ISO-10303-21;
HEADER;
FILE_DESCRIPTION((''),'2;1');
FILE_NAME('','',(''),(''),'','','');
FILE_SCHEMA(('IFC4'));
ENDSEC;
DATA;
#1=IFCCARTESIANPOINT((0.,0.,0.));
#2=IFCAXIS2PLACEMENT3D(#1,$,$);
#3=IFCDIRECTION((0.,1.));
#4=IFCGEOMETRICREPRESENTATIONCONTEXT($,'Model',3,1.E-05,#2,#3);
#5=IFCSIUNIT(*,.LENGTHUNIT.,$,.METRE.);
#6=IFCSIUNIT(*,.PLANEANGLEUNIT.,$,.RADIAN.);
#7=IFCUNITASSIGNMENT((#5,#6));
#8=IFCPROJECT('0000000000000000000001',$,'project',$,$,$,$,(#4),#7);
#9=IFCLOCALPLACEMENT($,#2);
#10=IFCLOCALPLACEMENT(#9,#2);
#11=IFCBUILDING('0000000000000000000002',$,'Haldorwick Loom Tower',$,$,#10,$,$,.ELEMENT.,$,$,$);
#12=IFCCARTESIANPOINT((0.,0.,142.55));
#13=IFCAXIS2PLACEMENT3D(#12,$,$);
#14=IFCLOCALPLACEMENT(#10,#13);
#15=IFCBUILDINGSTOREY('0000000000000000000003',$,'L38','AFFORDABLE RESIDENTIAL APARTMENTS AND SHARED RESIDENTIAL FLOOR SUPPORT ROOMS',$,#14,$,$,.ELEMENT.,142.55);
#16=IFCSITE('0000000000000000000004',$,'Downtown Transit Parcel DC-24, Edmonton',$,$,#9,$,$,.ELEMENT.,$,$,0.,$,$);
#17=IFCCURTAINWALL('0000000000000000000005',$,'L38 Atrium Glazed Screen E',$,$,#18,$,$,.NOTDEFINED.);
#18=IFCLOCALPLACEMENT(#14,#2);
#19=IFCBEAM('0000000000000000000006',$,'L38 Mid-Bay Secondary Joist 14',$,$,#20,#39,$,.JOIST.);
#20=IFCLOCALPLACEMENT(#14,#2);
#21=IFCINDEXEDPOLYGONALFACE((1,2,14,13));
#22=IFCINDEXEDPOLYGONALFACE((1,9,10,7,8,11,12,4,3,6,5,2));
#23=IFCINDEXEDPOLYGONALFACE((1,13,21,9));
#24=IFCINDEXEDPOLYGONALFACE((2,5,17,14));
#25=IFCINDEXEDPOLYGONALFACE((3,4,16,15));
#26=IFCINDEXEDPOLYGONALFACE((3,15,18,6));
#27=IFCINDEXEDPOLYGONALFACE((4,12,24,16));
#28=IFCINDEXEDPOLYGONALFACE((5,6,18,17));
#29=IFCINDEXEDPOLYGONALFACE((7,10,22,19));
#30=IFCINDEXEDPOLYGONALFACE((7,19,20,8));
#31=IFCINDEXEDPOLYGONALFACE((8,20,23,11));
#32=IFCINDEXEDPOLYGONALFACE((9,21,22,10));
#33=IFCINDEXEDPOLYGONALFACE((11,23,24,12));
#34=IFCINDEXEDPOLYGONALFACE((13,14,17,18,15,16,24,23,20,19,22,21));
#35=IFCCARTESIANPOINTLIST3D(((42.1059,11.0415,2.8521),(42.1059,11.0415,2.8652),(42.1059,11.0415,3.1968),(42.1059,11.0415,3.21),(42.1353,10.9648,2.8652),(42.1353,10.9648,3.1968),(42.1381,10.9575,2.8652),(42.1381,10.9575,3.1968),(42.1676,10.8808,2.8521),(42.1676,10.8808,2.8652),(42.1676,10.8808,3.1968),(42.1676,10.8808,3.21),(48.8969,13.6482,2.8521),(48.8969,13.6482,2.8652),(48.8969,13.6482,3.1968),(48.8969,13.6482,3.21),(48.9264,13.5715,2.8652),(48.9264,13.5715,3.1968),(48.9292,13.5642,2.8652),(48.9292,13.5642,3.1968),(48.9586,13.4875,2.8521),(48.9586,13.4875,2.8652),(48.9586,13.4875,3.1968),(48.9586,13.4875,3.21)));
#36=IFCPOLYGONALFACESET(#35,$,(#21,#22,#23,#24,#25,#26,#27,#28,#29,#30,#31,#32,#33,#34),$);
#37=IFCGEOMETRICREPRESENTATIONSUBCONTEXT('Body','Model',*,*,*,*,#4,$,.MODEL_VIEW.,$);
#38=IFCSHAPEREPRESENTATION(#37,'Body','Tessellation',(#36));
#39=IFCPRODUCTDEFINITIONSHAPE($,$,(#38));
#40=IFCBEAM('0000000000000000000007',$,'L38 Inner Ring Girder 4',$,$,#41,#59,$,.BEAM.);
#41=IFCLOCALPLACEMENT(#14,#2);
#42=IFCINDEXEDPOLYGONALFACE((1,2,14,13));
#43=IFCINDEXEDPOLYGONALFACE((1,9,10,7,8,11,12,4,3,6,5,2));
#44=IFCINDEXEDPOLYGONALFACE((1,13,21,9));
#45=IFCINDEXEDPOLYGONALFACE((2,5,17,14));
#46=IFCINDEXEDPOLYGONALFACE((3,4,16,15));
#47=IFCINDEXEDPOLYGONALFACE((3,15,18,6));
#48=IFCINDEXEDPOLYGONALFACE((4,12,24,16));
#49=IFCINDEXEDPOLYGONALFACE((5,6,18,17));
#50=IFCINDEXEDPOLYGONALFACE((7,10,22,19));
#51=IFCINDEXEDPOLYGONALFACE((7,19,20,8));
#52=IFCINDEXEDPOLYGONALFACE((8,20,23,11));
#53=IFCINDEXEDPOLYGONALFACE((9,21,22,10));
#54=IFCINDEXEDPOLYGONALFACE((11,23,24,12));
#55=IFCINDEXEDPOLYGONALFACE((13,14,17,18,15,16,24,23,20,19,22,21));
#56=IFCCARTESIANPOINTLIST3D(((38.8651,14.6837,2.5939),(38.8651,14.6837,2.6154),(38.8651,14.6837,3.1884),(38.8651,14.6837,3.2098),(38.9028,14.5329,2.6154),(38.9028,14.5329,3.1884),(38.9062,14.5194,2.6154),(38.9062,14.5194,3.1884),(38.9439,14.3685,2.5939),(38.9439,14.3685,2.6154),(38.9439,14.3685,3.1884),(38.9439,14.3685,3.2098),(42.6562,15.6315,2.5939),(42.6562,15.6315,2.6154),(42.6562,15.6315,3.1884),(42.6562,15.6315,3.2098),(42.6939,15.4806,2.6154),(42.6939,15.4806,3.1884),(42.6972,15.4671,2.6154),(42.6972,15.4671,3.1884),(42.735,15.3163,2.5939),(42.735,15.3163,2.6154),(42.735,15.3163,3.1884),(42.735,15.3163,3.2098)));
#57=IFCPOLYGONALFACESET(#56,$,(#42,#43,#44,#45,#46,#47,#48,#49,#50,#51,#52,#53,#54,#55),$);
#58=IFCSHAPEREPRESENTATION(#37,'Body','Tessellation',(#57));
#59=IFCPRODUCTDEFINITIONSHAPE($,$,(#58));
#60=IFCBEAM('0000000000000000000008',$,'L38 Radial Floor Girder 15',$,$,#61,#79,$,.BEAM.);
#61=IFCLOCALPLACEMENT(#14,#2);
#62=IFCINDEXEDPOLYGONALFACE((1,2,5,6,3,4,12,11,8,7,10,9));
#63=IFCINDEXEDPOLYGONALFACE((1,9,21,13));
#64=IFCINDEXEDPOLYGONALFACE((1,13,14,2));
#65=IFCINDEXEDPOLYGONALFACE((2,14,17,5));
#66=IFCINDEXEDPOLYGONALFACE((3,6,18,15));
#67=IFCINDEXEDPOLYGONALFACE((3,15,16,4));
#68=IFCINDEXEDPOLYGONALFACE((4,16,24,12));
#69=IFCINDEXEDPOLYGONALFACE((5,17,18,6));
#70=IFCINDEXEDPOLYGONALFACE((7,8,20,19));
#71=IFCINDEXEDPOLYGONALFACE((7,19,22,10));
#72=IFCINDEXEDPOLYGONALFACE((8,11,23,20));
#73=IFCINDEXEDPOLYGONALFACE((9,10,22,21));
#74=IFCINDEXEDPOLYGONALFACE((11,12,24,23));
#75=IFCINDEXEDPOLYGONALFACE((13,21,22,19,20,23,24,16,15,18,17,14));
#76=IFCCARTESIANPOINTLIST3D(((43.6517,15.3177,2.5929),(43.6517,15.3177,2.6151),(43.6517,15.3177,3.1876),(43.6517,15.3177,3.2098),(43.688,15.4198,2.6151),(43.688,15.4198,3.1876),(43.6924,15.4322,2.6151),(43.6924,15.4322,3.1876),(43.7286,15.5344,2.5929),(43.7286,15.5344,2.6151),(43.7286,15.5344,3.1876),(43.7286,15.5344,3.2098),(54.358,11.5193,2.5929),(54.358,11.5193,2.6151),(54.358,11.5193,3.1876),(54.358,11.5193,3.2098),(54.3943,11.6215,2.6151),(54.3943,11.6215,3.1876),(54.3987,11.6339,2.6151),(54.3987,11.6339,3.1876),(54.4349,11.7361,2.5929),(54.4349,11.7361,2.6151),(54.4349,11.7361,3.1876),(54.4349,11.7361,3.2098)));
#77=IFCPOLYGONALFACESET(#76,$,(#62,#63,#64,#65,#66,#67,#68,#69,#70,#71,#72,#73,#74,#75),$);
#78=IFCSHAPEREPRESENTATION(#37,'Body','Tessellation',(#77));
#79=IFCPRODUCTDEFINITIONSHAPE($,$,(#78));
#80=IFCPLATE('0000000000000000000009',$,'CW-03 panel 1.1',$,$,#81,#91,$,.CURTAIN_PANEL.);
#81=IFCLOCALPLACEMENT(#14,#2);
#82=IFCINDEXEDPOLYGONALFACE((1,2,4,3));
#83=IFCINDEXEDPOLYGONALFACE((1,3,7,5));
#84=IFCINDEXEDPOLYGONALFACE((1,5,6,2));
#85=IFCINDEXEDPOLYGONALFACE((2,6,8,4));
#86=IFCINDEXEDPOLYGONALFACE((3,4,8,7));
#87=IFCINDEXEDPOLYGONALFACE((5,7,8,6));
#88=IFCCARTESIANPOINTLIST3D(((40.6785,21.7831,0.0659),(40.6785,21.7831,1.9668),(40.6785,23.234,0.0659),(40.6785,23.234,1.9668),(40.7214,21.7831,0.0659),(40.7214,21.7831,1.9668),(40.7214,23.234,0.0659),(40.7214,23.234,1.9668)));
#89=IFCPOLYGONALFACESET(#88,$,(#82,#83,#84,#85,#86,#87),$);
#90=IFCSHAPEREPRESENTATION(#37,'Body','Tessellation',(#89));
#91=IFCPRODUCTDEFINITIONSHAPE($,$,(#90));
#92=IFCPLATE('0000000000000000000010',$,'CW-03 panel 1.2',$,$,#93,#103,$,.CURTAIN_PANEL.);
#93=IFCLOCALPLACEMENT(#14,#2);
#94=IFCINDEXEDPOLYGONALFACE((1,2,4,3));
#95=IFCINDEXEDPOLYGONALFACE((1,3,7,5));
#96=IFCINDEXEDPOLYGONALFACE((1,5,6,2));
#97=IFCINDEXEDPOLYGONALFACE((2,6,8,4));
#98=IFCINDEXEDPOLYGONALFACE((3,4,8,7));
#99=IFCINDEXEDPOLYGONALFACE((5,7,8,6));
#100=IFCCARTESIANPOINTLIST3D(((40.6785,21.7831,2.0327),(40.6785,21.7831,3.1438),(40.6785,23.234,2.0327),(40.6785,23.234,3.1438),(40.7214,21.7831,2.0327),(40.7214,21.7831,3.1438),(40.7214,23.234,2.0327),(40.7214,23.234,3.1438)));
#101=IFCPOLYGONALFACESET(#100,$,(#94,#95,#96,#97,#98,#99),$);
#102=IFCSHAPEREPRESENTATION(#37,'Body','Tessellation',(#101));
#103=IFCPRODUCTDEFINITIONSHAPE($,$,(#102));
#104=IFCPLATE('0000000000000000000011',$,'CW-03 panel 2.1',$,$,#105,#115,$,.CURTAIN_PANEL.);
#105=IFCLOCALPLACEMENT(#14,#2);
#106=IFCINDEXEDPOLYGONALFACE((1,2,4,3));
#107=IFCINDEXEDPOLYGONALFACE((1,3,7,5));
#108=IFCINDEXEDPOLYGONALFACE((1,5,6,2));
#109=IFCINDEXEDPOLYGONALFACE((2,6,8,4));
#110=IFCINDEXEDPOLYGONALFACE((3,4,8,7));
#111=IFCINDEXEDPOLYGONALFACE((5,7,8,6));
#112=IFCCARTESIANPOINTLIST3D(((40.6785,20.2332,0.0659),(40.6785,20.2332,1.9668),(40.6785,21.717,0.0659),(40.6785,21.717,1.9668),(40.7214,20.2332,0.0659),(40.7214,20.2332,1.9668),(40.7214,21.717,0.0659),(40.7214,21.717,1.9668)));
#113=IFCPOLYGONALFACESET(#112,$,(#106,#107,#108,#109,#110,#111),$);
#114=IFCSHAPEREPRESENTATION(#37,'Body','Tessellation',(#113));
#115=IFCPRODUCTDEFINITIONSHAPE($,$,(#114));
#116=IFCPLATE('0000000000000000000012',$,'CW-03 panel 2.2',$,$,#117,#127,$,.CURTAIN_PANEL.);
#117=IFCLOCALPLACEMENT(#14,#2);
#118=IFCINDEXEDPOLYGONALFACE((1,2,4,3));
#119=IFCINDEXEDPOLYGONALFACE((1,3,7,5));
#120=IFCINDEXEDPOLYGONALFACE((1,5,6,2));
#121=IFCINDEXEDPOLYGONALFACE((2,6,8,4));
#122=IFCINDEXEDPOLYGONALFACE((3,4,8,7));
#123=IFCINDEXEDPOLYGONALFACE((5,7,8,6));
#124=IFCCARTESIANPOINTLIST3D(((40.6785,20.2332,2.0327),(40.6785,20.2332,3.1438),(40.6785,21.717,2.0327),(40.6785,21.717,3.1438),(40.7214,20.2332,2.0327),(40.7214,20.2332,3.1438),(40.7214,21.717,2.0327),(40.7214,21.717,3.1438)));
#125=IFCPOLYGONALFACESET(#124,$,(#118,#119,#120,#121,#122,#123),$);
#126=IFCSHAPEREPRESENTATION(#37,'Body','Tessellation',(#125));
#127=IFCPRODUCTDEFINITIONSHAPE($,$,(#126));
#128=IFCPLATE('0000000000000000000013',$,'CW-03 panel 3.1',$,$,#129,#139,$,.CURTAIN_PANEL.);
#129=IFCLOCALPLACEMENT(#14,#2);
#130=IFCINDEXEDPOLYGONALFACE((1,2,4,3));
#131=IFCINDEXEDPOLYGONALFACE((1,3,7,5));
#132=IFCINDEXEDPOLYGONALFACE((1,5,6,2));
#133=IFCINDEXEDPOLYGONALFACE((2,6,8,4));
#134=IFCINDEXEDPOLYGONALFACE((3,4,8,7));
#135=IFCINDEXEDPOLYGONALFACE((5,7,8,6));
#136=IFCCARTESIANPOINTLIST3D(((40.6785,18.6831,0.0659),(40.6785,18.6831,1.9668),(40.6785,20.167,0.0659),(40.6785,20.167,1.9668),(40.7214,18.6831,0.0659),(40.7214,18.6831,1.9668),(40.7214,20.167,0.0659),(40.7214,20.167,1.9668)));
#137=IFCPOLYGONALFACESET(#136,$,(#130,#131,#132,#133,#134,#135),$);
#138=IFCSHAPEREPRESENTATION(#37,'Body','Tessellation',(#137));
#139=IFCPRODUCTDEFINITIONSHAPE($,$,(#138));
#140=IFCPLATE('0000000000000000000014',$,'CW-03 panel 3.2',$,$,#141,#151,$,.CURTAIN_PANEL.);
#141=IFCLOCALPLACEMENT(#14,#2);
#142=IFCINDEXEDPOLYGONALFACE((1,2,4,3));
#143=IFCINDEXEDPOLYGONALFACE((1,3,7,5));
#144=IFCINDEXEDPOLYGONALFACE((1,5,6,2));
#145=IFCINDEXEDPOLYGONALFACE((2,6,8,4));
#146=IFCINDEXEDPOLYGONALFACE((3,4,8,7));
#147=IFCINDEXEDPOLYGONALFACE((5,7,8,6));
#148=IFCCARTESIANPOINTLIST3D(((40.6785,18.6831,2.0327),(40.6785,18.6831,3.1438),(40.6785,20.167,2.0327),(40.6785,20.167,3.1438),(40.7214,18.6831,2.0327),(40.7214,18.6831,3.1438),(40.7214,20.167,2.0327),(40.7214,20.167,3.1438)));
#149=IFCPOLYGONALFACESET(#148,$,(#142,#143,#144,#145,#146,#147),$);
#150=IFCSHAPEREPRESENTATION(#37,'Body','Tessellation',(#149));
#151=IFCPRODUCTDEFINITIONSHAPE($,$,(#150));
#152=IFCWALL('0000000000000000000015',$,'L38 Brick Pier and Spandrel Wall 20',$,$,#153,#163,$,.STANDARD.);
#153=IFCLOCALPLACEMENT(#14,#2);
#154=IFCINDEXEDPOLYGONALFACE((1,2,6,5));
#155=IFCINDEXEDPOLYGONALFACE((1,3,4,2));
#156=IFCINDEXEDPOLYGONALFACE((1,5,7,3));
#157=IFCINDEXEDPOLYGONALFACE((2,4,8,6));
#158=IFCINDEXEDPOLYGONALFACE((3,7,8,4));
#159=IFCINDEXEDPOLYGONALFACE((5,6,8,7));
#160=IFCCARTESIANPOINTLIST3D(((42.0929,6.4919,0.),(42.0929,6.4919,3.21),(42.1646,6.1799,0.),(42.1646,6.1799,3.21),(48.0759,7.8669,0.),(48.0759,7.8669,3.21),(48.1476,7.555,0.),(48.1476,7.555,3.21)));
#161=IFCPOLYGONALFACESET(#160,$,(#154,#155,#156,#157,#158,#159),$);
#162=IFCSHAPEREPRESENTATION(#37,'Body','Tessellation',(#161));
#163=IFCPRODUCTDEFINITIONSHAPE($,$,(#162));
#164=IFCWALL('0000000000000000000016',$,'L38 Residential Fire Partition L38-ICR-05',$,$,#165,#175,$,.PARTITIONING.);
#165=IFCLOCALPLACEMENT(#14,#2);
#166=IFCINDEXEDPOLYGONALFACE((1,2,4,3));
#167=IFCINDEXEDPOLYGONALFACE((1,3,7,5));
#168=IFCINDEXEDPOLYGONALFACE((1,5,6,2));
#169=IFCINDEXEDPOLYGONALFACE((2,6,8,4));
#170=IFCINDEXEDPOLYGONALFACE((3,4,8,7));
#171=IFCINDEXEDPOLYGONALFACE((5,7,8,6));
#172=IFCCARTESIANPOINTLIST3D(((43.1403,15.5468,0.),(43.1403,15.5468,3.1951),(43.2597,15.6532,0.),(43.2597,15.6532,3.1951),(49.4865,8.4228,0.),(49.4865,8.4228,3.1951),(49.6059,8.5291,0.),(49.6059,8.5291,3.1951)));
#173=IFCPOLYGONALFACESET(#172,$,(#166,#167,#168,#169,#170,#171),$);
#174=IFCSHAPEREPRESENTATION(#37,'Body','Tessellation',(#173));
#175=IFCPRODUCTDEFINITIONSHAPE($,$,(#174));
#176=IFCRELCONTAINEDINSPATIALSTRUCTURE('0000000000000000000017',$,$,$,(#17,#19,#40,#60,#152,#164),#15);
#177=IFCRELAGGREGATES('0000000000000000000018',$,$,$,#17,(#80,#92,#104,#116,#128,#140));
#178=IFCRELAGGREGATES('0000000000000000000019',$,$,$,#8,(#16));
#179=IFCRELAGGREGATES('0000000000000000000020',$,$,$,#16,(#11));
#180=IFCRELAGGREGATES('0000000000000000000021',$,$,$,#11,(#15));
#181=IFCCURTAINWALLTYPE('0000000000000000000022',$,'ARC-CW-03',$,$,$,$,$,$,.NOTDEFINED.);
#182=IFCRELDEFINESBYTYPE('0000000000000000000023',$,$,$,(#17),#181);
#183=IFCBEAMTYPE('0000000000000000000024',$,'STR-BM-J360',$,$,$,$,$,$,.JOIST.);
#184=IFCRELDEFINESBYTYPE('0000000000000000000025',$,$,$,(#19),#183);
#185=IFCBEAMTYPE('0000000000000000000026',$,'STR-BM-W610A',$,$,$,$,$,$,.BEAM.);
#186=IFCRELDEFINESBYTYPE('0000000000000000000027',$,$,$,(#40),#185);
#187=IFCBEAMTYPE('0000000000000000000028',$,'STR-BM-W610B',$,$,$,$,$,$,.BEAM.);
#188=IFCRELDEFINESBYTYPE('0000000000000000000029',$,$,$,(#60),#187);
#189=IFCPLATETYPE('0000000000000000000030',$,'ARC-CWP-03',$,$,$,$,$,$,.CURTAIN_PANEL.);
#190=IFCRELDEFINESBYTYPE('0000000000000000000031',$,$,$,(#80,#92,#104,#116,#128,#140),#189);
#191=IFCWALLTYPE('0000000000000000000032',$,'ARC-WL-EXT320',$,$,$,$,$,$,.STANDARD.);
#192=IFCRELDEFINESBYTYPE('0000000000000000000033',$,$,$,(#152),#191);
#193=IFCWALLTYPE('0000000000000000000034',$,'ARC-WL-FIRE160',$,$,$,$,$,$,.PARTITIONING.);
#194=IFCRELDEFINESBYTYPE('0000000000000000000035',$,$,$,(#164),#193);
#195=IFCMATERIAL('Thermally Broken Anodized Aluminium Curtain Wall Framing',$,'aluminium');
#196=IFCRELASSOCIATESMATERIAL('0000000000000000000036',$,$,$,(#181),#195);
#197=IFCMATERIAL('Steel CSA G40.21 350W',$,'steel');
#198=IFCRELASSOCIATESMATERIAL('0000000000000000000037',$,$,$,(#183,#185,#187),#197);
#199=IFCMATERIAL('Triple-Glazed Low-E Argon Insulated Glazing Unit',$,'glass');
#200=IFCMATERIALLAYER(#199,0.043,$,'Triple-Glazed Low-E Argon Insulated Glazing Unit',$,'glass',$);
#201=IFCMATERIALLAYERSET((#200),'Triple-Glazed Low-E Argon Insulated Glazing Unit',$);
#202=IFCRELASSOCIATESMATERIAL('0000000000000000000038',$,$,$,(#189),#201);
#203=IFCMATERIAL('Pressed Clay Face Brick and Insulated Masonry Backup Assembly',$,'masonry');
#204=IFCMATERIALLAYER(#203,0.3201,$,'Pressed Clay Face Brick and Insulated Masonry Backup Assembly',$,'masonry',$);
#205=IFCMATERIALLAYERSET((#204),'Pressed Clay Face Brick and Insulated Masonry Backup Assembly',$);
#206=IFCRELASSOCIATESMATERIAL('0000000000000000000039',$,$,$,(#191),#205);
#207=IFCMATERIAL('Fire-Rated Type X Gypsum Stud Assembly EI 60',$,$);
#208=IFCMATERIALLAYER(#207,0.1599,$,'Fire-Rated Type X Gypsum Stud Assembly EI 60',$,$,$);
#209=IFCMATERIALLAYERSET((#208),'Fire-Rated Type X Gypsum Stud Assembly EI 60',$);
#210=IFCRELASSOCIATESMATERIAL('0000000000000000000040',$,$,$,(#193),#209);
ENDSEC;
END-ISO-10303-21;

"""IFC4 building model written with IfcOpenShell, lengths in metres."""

from ifc_helpers import new_model, si_unit, direction, frame, frame_2d, origin, origin_2d, place, context, subcontext, project, spatial, rectangle, i_section, extrude, material, layer, layer_set, material_profile, profile_set, type_object, element, aggregate, save


model = new_model("IFC4")

# Units and contexts
model_context = context("Model", 3, precision=1e-05, world=origin(), true_north=direction((0.0, 1.0)))
body_context = subcontext(model_context, "Body", "Model", "MODEL_VIEW")
ifc_project = project(units=[si_unit("LENGTHUNIT", "METRE"), si_unit("PLANEANGLEUNIT", "RADIAN")], contexts=[model_context])

# Site, building, storey
site_placement = place(None, origin())
site = spatial("IfcSite", under=ifc_project, at=site_placement, Name="Downtown Transit Parcel DC-24, Edmonton", CompositionType="ELEMENT", RefElevation=0.0)
building_placement = place(site_placement, origin())
building = spatial("IfcBuilding", under=site, at=building_placement, Name="Haldorwick Loom Tower", CompositionType="ELEMENT")
storey_placement = place(building_placement, frame((0.0, 0.0, 142.55)))
storey = spatial("IfcBuildingStorey", under=building, at=storey_placement, Name="L38", Description="AFFORDABLE RESIDENTIAL APARTMENTS AND SHARED RESIDENTIAL FLOOR SUPPORT ROOMS", CompositionType="ELEMENT", Elevation=142.55)

# Curtain wall
ifc_material_1 = material(Name="Thermally Broken Anodized Aluminium Curtain Wall Framing", Category="aluminium")
curtain_wall_type = type_object("IfcCurtainWallType", Name="ARC-CW-03", PredefinedType="NOTDEFINED", material=ifc_material_1)
curtain_wall_placement = place(storey_placement, origin())
curtain_wall = element("IfcCurtainWall", 1, at=curtain_wall_placement, inside=storey, type_object=curtain_wall_type, Name="L38 Atrium Glazed Screen E", PredefinedType="NOTDEFINED")

# Beams
ifc_material_2 = material(Name="Steel CSA G40.21 350W", Category="steel")
ifc_material_profile_1 = material_profile(ifc_material_2, i_section(OverallWidth=0.1721, OverallDepth=0.3579, WebThickness=0.0078, FlangeThickness=0.0132, at=origin_2d()), Name="W360X57", Category="steel")
ifc_profile_set_1 = profile_set([ifc_material_profile_1], Name="Steel CSA G40.21 350W")
beam_type_1 = type_object("IfcBeamType", Name="STR-BM-J360", PredefinedType="JOIST", material=ifc_profile_set_1)
beam_1_placement = place(storey_placement, frame((42.1367, 10.9612, 3.031), z_axis=(0.933587, 0.358352, 0.0), x_axis=(-0.358352, 0.933587, 0.0)))
element("IfcBeam", 2, at=beam_1_placement, inside=storey, type_object=beam_type_1, Name="L38 Mid-Bay Secondary Joist 14", PredefinedType="JOIST", context=body_context, shape_type="SweptSolid", body=[
    extrude(i_section(OverallWidth=0.1721, OverallDepth=0.3579, WebThickness=0.0078, FlangeThickness=0.0132, at=origin_2d()), origin(), (0.0, 0.0, 1.0), 7.2742),
])
ifc_material_profile_2 = material_profile(ifc_material_2, i_section(OverallWidth=0.325, OverallDepth=0.616, WebThickness=0.0139, FlangeThickness=0.0215, at=origin_2d()), Name="W610X174", Category="steel")
ifc_profile_set_2 = profile_set([ifc_material_profile_2], Name="Steel CSA G40.21 350W")
beam_type_2 = type_object("IfcBeamType", Name="STR-BM-W610A", PredefinedType="BEAM", material=ifc_profile_set_2)
beam_2_placement = place(storey_placement, frame((42.6956, 15.4739, 2.9019), z_axis=(-0.970143, -0.242536, 0.0), x_axis=(0.242536, -0.970143, 0.0)))
element("IfcBeam", 3, at=beam_2_placement, inside=storey, type_object=beam_type_2, Name="L38 Inner Ring Girder 4", PredefinedType="BEAM", context=body_context, shape_type="SweptSolid", body=[
    extrude(i_section(OverallWidth=0.325, OverallDepth=0.616, WebThickness=0.0139, FlangeThickness=0.0215, at=origin_2d()), origin(), (0.0, 0.0, 1.0), 3.9077),
])
ifc_material_profile_3 = material_profile(ifc_material_2, i_section(OverallWidth=0.23, OverallDepth=0.6169, WebThickness=0.0132, FlangeThickness=0.0222, at=origin_2d()), Name="W610X140", Category="steel")
ifc_profile_set_3 = profile_set([ifc_material_profile_3], Name="Steel CSA G40.21 350W")
beam_type_3 = type_object("IfcBeamType", Name="STR-BM-W610B", PredefinedType="BEAM", material=ifc_profile_set_3)
beam_3_placement = place(storey_placement, frame((43.6902, 15.426, 2.9014), z_axis=(0.942446, -0.334358, 0.0), x_axis=(0.334358, 0.942446, 0.0)))
element("IfcBeam", 4, at=beam_3_placement, inside=storey, type_object=beam_type_3, Name="L38 Radial Floor Girder 15", PredefinedType="BEAM", context=body_context, shape_type="SweptSolid", body=[
    extrude(i_section(OverallWidth=0.23, OverallDepth=0.6169, WebThickness=0.0132, FlangeThickness=0.0222, at=origin_2d()), origin(), (0.0, 0.0, 1.0), 11.3601),
])

# Plates
ifc_material_3 = material(Name="Triple-Glazed Low-E Argon Insulated Glazing Unit", Category="glass")
ifc_layer_1 = layer(ifc_material_3, 0.043, Name="Triple-Glazed Low-E Argon Insulated Glazing Unit", Category="glass")
ifc_layer_set_1 = layer_set([ifc_layer_1], Name="Triple-Glazed Low-E Argon Insulated Glazing Unit")
plate_type = type_object("IfcPlateType", Name="ARC-CWP-03", PredefinedType="CURTAIN_PANEL", material=ifc_layer_set_1)
plate_1_placement = place(storey_placement, frame((40.7, 22.5085, 0.0659), z_axis=(0.0, 0.0, 1.0), x_axis=(0.0, -1.0, 0.0)))
plate_1 = element("IfcPlate", 5, at=plate_1_placement, type_object=plate_type, Name="CW-03 panel 1.1", PredefinedType="CURTAIN_PANEL", context=body_context, shape_type="SweptSolid", body=[
    extrude(rectangle(XDim=1.4509, YDim=0.043, at=origin_2d()), origin(), (0.0, 0.0, 1.0), 1.9009),
])
plate_2_placement = place(storey_placement, frame((40.7, 22.5085, 2.0327), z_axis=(0.0, 0.0, 1.0), x_axis=(0.0, -1.0, 0.0)))
plate_2 = element("IfcPlate", 6, at=plate_2_placement, type_object=plate_type, Name="CW-03 panel 1.2", PredefinedType="CURTAIN_PANEL", context=body_context, shape_type="SweptSolid", body=[
    extrude(rectangle(XDim=1.4509, YDim=0.043, at=origin_2d()), origin(), (0.0, 0.0, 1.0), 1.1111),
])
plate_3_placement = place(storey_placement, frame((40.7, 20.9751, 0.0659), z_axis=(0.0, 0.0, 1.0), x_axis=(0.0, -1.0, 0.0)))
plate_3 = element("IfcPlate", 7, at=plate_3_placement, type_object=plate_type, Name="CW-03 panel 2.1", PredefinedType="CURTAIN_PANEL", context=body_context, shape_type="SweptSolid", body=[
    extrude(rectangle(XDim=1.4839, YDim=0.043, at=origin_2d()), origin(), (0.0, 0.0, 1.0), 1.9009),
])
plate_4_placement = place(storey_placement, frame((40.7, 20.9751, 2.0327), z_axis=(0.0, 0.0, 1.0), x_axis=(0.0, -1.0, 0.0)))
plate_4 = element("IfcPlate", 8, at=plate_4_placement, type_object=plate_type, Name="CW-03 panel 2.2", PredefinedType="CURTAIN_PANEL", context=body_context, shape_type="SweptSolid", body=[
    extrude(rectangle(XDim=1.4839, YDim=0.043, at=origin_2d()), origin(), (0.0, 0.0, 1.0), 1.1111),
])
plate_5_placement = place(storey_placement, frame((40.7, 19.425, 0.0659), z_axis=(0.0, 0.0, 1.0), x_axis=(0.0, -1.0, 0.0)))
plate_5 = element("IfcPlate", 9, at=plate_5_placement, type_object=plate_type, Name="CW-03 panel 3.1", PredefinedType="CURTAIN_PANEL", context=body_context, shape_type="SweptSolid", body=[
    extrude(rectangle(XDim=1.4839, YDim=0.043, at=origin_2d()), origin(), (0.0, 0.0, 1.0), 1.9009),
])
plate_6_placement = place(storey_placement, frame((40.7, 19.425, 2.0327), z_axis=(0.0, 0.0, 1.0), x_axis=(0.0, -1.0, 0.0)))
plate_6 = element("IfcPlate", 10, at=plate_6_placement, type_object=plate_type, Name="CW-03 panel 3.2", PredefinedType="CURTAIN_PANEL", context=body_context, shape_type="SweptSolid", body=[
    extrude(rectangle(XDim=1.4839, YDim=0.043, at=origin_2d()), origin(), (0.0, 0.0, 1.0), 1.1111),
])
aggregate(curtain_wall, [plate_1, plate_2, plate_3, plate_4, plate_5, plate_6])

# Walls
ifc_material_4 = material(Name="Pressed Clay Face Brick and Insulated Masonry Backup Assembly", Category="masonry")
ifc_layer_2 = layer(ifc_material_4, 0.3201, Name="Pressed Clay Face Brick and Insulated Masonry Backup Assembly", Category="masonry")
ifc_layer_set_2 = layer_set([ifc_layer_2], Name="Pressed Clay Face Brick and Insulated Masonry Backup Assembly")
wall_type_1 = type_object("IfcWallType", Name="ARC-WL-EXT320", PredefinedType="STANDARD", material=ifc_layer_set_2)
wall_1_placement = place(storey_placement, frame((42.1289, 6.3359, 0.0), z_axis=(0.0, 0.0, 1.0), x_axis=(0.974593, 0.223982, 0.0)))
element("IfcWall", 11, at=wall_1_placement, inside=storey, type_object=wall_type_1, Name="L38 Brick Pier and Spandrel Wall 20", PredefinedType="STANDARD", context=body_context, shape_type="SweptSolid", body=[
    extrude(rectangle(XDim=6.1389, YDim=0.3201, at=frame_2d((3.0693, 0.0))), origin(), (0.0, 0.0, 1.0), 3.21),
])
ifc_material_5 = material(Name="Fire-Rated Type X Gypsum Stud Assembly EI 60")
ifc_layer_3 = layer(ifc_material_5, 0.1599, Name="Fire-Rated Type X Gypsum Stud Assembly EI 60")
ifc_layer_set_3 = layer_set([ifc_layer_3], Name="Fire-Rated Type X Gypsum Stud Assembly EI 60")
wall_type_2 = type_object("IfcWallType", Name="ARC-WL-FIRE160", PredefinedType="PARTITIONING", material=ifc_layer_set_3)
wall_2_placement = place(storey_placement, frame((43.2, 15.6001, 0.0), z_axis=(0.0, 0.0, 1.0), x_axis=(0.665167, -0.746695, 0.0)))
element("IfcWall", 12, at=wall_2_placement, inside=storey, type_object=wall_type_2, Name="L38 Residential Fire Partition L38-ICR-05", PredefinedType="PARTITIONING", context=body_context, shape_type="SweptSolid", body=[
    extrude(rectangle(XDim=9.5408, YDim=0.1599, at=frame_2d((4.7705, 0.0))), origin(), (0.0, 0.0, 1.0), 3.1951),
])

save(model, "model.ifc")
